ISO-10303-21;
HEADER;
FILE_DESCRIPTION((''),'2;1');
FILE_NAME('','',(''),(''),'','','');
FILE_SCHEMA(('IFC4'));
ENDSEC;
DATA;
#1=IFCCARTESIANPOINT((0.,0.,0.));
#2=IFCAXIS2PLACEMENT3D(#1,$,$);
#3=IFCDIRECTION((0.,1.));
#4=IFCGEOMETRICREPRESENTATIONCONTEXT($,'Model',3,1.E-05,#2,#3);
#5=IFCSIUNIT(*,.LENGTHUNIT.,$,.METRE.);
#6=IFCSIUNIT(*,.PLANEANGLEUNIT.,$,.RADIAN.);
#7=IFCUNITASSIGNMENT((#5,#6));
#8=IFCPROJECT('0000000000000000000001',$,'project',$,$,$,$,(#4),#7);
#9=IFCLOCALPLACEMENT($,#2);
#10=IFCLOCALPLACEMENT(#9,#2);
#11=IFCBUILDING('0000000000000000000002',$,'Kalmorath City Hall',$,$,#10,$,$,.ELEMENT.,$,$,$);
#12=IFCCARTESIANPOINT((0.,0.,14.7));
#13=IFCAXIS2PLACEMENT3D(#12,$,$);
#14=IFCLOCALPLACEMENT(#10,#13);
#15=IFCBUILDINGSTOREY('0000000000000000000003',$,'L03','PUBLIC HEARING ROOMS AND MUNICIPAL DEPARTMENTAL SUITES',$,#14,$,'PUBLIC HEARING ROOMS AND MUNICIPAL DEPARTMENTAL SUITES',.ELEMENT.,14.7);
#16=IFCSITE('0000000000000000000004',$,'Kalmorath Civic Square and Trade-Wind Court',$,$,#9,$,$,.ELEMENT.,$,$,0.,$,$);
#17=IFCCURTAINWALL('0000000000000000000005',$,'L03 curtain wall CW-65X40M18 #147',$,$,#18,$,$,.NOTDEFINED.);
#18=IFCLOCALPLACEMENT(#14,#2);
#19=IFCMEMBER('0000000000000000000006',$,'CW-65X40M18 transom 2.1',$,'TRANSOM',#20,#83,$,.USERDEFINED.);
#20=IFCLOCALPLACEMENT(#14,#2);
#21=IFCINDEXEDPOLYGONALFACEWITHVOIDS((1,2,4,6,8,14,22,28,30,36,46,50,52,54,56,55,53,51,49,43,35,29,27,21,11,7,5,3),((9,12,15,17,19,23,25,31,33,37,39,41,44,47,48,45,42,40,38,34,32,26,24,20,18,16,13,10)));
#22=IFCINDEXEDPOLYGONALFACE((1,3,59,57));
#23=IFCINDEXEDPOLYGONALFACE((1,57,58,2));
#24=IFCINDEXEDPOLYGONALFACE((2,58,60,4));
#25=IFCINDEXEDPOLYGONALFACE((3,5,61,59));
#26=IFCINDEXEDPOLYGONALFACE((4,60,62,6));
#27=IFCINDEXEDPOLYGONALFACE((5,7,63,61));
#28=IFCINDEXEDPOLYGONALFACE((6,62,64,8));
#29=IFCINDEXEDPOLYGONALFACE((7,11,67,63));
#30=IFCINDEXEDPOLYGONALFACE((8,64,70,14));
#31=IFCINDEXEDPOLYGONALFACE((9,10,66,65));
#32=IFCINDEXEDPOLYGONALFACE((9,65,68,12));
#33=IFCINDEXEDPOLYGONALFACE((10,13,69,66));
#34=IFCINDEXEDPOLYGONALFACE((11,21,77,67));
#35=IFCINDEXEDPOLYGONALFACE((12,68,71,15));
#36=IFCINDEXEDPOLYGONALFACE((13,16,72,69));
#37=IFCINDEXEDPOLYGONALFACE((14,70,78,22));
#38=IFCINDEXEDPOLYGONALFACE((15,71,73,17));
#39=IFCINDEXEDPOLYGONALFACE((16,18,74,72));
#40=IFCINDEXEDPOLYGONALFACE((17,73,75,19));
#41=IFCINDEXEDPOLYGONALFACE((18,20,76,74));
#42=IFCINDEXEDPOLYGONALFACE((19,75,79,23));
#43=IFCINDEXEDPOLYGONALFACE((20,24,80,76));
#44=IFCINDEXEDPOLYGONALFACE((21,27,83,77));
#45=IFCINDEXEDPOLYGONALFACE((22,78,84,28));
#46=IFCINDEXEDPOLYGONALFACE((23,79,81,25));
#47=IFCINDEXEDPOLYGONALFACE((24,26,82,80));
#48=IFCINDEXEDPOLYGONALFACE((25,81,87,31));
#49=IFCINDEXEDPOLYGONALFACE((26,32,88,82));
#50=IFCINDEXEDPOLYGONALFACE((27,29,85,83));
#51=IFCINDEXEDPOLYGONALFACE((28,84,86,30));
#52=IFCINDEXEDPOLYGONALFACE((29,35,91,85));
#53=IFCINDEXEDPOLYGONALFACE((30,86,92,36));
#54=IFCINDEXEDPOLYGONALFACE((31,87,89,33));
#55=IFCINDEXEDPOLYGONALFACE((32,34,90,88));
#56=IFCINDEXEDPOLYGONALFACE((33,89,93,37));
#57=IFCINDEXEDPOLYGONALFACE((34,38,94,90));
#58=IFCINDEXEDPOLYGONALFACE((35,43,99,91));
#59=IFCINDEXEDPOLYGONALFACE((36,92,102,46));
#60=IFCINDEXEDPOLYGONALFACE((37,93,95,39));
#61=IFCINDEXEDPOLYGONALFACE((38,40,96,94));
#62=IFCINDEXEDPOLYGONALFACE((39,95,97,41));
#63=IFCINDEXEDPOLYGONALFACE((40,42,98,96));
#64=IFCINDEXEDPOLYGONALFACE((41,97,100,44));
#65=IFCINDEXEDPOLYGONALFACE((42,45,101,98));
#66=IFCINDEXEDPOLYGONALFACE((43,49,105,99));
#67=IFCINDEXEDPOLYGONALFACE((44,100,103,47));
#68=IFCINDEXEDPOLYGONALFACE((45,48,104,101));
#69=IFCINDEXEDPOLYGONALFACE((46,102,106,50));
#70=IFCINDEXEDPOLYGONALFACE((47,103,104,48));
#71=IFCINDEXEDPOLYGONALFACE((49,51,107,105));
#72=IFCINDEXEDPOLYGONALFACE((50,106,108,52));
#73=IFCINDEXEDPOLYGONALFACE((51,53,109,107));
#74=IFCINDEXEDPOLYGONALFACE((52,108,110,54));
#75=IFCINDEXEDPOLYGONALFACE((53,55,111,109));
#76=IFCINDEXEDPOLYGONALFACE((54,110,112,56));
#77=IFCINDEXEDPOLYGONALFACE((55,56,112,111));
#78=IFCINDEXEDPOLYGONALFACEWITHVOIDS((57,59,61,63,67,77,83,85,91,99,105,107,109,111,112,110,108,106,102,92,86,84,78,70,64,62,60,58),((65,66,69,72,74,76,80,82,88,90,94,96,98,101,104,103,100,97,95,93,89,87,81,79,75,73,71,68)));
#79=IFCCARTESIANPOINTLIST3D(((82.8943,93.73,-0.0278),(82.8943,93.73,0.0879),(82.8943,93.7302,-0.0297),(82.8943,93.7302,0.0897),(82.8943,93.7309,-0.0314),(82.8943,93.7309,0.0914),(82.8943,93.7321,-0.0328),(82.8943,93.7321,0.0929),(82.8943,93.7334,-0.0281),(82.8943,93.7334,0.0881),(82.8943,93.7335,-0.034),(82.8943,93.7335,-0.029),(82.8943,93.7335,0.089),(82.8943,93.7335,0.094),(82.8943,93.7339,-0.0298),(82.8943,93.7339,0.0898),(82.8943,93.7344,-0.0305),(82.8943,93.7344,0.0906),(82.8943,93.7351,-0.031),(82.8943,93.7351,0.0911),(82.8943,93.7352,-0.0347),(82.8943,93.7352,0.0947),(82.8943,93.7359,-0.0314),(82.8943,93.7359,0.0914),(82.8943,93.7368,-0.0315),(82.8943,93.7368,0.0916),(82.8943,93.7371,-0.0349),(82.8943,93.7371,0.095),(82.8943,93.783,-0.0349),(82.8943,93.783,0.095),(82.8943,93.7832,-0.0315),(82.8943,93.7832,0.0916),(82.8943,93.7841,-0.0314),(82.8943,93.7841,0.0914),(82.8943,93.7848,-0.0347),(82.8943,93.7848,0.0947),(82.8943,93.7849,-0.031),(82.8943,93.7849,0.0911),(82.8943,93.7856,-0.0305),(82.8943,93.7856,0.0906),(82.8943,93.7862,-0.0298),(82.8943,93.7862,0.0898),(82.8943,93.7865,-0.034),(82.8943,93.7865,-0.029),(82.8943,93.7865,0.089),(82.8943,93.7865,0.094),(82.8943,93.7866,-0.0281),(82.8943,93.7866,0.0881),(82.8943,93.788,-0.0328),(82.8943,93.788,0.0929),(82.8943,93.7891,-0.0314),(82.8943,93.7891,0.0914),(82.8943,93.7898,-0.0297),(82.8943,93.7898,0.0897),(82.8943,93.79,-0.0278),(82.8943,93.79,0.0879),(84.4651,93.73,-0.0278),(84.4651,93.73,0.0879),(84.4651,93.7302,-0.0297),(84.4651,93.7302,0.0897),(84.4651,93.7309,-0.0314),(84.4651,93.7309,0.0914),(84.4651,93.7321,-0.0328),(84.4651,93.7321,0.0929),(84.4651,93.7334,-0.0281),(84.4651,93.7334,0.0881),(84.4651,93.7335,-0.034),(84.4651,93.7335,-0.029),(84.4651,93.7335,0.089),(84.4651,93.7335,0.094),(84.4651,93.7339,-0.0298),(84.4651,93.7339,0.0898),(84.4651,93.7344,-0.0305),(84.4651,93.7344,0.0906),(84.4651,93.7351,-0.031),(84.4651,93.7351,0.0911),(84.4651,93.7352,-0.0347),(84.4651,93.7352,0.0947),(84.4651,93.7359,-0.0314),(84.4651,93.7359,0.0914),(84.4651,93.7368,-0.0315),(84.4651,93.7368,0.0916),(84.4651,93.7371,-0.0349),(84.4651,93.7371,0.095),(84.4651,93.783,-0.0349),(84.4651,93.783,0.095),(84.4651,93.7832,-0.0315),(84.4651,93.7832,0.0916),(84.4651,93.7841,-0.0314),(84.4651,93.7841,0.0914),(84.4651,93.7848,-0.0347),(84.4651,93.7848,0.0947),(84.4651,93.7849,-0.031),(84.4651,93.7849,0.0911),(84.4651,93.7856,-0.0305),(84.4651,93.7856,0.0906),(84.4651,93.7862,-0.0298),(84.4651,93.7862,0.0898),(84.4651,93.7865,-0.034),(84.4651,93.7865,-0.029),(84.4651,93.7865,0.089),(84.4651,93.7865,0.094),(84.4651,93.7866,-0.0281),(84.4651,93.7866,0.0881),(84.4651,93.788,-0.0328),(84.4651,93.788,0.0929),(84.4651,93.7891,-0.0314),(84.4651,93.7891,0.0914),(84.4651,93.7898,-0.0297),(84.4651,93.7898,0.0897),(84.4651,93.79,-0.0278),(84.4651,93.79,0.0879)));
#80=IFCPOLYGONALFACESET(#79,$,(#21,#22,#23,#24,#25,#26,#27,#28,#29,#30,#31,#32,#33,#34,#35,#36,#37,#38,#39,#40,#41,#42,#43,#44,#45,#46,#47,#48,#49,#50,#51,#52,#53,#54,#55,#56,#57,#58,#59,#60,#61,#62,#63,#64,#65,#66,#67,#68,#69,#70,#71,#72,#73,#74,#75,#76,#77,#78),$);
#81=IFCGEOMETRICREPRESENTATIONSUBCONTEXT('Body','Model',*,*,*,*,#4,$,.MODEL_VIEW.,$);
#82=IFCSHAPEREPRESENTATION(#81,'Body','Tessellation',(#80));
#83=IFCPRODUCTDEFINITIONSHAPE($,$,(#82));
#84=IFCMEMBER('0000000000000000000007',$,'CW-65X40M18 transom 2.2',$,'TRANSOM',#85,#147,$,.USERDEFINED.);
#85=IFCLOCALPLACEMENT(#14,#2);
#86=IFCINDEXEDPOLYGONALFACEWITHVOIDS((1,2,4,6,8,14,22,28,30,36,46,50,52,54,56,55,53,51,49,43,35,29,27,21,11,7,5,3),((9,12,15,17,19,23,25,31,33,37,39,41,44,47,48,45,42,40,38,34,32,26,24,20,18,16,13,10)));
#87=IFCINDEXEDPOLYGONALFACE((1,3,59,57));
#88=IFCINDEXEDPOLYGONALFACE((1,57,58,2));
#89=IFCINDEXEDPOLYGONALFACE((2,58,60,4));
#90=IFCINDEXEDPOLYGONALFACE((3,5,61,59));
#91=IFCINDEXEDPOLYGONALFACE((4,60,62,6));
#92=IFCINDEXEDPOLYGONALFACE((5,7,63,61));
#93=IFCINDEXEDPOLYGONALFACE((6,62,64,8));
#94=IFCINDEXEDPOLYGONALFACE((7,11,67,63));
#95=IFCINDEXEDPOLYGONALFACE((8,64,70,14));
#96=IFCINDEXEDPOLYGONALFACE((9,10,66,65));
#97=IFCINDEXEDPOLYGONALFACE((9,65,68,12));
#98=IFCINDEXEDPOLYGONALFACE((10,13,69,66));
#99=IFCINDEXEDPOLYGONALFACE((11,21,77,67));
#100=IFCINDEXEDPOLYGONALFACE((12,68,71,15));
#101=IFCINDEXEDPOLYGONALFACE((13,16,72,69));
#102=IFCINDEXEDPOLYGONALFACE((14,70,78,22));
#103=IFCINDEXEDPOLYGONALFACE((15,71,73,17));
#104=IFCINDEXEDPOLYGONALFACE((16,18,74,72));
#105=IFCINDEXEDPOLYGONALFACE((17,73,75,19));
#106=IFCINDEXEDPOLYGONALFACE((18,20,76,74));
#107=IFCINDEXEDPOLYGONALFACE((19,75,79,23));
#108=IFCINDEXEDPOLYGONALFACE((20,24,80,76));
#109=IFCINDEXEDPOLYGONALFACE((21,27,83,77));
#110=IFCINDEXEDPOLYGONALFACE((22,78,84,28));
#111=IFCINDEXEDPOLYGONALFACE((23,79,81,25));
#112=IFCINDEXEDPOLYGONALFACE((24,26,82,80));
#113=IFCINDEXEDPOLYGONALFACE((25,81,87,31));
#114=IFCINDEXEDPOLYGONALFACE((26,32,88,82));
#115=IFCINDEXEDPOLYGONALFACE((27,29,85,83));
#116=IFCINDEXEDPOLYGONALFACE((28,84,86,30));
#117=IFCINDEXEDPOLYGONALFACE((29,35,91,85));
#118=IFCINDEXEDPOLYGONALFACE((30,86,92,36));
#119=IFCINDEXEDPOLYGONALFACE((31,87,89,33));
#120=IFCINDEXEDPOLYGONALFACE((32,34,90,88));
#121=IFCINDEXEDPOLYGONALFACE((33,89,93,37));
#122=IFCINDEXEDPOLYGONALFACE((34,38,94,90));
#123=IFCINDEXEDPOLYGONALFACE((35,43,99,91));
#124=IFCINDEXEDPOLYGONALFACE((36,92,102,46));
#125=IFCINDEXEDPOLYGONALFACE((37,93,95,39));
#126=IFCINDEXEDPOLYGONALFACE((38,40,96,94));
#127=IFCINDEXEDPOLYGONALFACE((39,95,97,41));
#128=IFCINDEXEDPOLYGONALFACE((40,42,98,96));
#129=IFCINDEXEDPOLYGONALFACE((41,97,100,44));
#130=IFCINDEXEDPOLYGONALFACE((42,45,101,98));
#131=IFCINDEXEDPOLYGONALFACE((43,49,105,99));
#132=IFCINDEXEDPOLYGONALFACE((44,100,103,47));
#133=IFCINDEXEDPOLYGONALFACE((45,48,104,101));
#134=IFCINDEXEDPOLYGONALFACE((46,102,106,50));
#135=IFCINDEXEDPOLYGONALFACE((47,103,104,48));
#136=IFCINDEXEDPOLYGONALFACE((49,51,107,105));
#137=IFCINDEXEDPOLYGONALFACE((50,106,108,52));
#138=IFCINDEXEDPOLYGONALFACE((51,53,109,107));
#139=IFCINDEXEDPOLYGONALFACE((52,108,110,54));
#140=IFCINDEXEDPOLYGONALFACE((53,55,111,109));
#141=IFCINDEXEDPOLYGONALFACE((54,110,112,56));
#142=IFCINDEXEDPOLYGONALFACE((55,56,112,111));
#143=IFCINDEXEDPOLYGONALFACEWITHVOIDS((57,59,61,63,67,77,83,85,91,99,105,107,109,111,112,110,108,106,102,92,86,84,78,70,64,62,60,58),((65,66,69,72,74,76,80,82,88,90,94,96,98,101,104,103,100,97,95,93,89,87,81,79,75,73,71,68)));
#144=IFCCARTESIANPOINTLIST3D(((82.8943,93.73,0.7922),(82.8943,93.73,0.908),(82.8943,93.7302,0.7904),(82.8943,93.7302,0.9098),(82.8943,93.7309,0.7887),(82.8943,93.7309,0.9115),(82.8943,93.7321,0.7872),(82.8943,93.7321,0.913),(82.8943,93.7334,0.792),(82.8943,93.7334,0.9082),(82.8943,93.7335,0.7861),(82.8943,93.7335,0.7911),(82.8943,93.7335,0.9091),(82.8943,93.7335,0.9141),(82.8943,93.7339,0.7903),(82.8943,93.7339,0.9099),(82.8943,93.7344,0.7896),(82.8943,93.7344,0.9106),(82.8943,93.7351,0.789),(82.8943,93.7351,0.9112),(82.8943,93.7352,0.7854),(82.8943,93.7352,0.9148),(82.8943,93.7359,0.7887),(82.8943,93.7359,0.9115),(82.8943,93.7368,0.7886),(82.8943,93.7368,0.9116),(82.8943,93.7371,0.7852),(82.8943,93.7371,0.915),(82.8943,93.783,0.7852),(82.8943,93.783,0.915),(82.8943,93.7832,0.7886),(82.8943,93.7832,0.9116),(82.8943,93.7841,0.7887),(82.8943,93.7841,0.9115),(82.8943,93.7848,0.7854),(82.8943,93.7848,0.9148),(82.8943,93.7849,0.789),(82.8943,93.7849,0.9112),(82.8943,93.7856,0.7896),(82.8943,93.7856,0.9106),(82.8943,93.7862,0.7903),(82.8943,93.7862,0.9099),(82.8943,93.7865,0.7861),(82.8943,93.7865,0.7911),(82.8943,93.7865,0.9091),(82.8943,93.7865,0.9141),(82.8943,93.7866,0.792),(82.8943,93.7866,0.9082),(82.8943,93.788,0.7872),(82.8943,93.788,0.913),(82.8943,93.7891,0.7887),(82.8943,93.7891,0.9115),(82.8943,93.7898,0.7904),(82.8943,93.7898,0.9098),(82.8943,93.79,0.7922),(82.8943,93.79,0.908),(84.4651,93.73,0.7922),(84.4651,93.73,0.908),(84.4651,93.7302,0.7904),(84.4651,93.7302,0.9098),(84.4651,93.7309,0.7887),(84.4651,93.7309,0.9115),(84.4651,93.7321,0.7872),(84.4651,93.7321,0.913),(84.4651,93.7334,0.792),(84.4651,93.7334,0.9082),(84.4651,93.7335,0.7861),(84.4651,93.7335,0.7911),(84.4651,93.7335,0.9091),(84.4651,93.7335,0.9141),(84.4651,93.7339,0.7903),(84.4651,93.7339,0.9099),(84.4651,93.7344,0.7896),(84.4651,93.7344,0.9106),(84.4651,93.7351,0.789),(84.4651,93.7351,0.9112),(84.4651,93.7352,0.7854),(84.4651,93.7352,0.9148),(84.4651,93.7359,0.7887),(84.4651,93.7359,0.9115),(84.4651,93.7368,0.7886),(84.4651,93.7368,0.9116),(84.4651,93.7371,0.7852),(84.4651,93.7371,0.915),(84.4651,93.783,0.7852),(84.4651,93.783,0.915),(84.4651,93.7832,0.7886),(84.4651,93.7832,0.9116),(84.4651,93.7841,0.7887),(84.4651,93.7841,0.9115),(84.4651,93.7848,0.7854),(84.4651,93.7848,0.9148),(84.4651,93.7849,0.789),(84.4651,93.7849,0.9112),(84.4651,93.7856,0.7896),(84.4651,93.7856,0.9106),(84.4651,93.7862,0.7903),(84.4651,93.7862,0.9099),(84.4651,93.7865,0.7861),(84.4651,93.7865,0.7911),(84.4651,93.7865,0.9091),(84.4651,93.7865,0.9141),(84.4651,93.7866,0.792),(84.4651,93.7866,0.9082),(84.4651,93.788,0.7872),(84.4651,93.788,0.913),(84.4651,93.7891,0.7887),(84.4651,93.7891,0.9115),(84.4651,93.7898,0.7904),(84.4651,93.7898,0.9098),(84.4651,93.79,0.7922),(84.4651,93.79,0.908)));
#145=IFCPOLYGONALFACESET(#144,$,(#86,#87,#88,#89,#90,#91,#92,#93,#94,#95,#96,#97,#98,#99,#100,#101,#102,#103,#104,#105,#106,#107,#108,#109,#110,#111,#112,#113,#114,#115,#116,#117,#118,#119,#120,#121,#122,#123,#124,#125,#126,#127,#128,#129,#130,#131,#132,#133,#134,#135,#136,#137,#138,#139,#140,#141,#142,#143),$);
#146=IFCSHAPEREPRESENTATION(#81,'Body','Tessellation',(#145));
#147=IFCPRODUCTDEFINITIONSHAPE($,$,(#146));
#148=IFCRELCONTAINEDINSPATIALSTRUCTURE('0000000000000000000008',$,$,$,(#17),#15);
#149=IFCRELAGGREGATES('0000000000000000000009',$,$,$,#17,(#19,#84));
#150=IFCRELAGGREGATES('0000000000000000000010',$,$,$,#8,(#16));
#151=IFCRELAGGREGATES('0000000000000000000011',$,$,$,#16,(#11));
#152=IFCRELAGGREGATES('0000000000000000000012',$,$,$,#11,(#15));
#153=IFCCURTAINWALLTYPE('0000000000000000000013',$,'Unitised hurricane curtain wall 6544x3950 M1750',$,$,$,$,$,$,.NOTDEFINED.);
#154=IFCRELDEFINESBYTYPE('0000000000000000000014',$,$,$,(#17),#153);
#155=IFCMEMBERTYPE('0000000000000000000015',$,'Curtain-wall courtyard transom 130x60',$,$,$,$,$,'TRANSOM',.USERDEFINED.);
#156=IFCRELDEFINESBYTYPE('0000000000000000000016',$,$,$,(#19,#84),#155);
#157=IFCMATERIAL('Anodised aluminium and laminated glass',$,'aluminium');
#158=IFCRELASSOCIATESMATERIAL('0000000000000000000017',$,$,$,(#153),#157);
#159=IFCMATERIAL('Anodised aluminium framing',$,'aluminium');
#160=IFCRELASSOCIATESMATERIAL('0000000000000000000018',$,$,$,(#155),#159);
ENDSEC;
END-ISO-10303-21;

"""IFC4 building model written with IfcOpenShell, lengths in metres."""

from ifc_helpers import new_model, si_unit, direction, frame, origin, origin_2d, place, context, subcontext, project, spatial, hollow_rectangle, extrude, material, material_profile, profile_set, type_object, element, aggregate, save


model = new_model("IFC4")

# Units and contexts
model_context = context("Model", 3, precision=1e-05, world=origin(), true_north=direction((0.0, 1.0)))
body_context = subcontext(model_context, "Body", "Model", "MODEL_VIEW")
ifc_project = project(units=[si_unit("LENGTHUNIT", "METRE"), si_unit("PLANEANGLEUNIT", "RADIAN")], contexts=[model_context])

# Site, building, storey
site_placement = place(None, origin())
site = spatial("IfcSite", under=ifc_project, at=site_placement, Name="Kalmorath Civic Square and Trade-Wind Court", CompositionType="ELEMENT", RefElevation=0.0)
building_placement = place(site_placement, origin())
building = spatial("IfcBuilding", under=site, at=building_placement, Name="Kalmorath City Hall", CompositionType="ELEMENT")
storey_placement = place(building_placement, frame((0.0, 0.0, 14.7)))
storey = spatial("IfcBuildingStorey", under=building, at=storey_placement, Name="L03", Description="PUBLIC HEARING ROOMS AND MUNICIPAL DEPARTMENTAL SUITES", LongName="PUBLIC HEARING ROOMS AND MUNICIPAL DEPARTMENTAL SUITES", CompositionType="ELEMENT", Elevation=14.7)

# Curtain wall
ifc_material_1 = material(Name="Anodised aluminium and laminated glass", Category="aluminium")
curtain_wall_type_1 = type_object("IfcCurtainWallType", Name="Unitised hurricane curtain wall 6544x3950 M1750", PredefinedType="NOTDEFINED", material=ifc_material_1)
curtain_wall_1_placement = place(storey_placement, origin())
curtain_wall_1 = element("IfcCurtainWall", 1, at=curtain_wall_1_placement, inside=storey, type_object=curtain_wall_type_1, Name="L03 curtain wall CW-65X40M18 #147", PredefinedType="NOTDEFINED")

# Members
ifc_material_2 = material(Name="Anodised aluminium framing", Category="aluminium")
ifc_material_profile_1 = material_profile(ifc_material_2, hollow_rectangle(XDim=0.0601, YDim=0.1299, WallThickness=0.0034, InnerFilletRadius=0.0034, OuterFilletRadius=0.0071, at=origin_2d()), Name="ALU-TRN-130X60X3.5")
ifc_profile_set_1 = profile_set([ifc_material_profile_1], Name="Anodised aluminium framing")
member_type_1 = type_object("IfcMemberType", Name="Curtain-wall courtyard transom 130x60", ElementType="TRANSOM", PredefinedType="USERDEFINED", material=ifc_profile_set_1)
member_1_placement = place(storey_placement, frame((84.4651, 93.76, 0.03), z_axis=(-1.0, 0.0, 0.0), x_axis=(0.0, -1.0, 0.0)))
member_1 = element("IfcMember", 2, at=member_1_placement, type_object=member_type_1, Name="CW-65X40M18 transom 2.1", ObjectType="TRANSOM", PredefinedType="USERDEFINED", context=body_context, shape_type="SweptSolid", body=[
    extrude(hollow_rectangle(XDim=0.0601, YDim=0.1299, WallThickness=0.0034, InnerFilletRadius=0.0034, OuterFilletRadius=0.0071, at=origin_2d()), origin(), (0.0, 0.0, 1.0), 1.5708),
])
member_2_placement = place(storey_placement, frame((84.4651, 93.76, 0.8501), z_axis=(-1.0, 0.0, 0.0), x_axis=(0.0, -1.0, 0.0)))
member_2 = element("IfcMember", 3, at=member_2_placement, type_object=member_type_1, Name="CW-65X40M18 transom 2.2", ObjectType="TRANSOM", PredefinedType="USERDEFINED", context=body_context, shape_type="SweptSolid", body=[
    extrude(hollow_rectangle(XDim=0.0601, YDim=0.1299, WallThickness=0.0034, InnerFilletRadius=0.0034, OuterFilletRadius=0.0071, at=origin_2d()), origin(), (0.0, 0.0, 1.0), 1.5708),
])

aggregate(curtain_wall_1, [member_1, member_2])

save(model, "model.ifc")
